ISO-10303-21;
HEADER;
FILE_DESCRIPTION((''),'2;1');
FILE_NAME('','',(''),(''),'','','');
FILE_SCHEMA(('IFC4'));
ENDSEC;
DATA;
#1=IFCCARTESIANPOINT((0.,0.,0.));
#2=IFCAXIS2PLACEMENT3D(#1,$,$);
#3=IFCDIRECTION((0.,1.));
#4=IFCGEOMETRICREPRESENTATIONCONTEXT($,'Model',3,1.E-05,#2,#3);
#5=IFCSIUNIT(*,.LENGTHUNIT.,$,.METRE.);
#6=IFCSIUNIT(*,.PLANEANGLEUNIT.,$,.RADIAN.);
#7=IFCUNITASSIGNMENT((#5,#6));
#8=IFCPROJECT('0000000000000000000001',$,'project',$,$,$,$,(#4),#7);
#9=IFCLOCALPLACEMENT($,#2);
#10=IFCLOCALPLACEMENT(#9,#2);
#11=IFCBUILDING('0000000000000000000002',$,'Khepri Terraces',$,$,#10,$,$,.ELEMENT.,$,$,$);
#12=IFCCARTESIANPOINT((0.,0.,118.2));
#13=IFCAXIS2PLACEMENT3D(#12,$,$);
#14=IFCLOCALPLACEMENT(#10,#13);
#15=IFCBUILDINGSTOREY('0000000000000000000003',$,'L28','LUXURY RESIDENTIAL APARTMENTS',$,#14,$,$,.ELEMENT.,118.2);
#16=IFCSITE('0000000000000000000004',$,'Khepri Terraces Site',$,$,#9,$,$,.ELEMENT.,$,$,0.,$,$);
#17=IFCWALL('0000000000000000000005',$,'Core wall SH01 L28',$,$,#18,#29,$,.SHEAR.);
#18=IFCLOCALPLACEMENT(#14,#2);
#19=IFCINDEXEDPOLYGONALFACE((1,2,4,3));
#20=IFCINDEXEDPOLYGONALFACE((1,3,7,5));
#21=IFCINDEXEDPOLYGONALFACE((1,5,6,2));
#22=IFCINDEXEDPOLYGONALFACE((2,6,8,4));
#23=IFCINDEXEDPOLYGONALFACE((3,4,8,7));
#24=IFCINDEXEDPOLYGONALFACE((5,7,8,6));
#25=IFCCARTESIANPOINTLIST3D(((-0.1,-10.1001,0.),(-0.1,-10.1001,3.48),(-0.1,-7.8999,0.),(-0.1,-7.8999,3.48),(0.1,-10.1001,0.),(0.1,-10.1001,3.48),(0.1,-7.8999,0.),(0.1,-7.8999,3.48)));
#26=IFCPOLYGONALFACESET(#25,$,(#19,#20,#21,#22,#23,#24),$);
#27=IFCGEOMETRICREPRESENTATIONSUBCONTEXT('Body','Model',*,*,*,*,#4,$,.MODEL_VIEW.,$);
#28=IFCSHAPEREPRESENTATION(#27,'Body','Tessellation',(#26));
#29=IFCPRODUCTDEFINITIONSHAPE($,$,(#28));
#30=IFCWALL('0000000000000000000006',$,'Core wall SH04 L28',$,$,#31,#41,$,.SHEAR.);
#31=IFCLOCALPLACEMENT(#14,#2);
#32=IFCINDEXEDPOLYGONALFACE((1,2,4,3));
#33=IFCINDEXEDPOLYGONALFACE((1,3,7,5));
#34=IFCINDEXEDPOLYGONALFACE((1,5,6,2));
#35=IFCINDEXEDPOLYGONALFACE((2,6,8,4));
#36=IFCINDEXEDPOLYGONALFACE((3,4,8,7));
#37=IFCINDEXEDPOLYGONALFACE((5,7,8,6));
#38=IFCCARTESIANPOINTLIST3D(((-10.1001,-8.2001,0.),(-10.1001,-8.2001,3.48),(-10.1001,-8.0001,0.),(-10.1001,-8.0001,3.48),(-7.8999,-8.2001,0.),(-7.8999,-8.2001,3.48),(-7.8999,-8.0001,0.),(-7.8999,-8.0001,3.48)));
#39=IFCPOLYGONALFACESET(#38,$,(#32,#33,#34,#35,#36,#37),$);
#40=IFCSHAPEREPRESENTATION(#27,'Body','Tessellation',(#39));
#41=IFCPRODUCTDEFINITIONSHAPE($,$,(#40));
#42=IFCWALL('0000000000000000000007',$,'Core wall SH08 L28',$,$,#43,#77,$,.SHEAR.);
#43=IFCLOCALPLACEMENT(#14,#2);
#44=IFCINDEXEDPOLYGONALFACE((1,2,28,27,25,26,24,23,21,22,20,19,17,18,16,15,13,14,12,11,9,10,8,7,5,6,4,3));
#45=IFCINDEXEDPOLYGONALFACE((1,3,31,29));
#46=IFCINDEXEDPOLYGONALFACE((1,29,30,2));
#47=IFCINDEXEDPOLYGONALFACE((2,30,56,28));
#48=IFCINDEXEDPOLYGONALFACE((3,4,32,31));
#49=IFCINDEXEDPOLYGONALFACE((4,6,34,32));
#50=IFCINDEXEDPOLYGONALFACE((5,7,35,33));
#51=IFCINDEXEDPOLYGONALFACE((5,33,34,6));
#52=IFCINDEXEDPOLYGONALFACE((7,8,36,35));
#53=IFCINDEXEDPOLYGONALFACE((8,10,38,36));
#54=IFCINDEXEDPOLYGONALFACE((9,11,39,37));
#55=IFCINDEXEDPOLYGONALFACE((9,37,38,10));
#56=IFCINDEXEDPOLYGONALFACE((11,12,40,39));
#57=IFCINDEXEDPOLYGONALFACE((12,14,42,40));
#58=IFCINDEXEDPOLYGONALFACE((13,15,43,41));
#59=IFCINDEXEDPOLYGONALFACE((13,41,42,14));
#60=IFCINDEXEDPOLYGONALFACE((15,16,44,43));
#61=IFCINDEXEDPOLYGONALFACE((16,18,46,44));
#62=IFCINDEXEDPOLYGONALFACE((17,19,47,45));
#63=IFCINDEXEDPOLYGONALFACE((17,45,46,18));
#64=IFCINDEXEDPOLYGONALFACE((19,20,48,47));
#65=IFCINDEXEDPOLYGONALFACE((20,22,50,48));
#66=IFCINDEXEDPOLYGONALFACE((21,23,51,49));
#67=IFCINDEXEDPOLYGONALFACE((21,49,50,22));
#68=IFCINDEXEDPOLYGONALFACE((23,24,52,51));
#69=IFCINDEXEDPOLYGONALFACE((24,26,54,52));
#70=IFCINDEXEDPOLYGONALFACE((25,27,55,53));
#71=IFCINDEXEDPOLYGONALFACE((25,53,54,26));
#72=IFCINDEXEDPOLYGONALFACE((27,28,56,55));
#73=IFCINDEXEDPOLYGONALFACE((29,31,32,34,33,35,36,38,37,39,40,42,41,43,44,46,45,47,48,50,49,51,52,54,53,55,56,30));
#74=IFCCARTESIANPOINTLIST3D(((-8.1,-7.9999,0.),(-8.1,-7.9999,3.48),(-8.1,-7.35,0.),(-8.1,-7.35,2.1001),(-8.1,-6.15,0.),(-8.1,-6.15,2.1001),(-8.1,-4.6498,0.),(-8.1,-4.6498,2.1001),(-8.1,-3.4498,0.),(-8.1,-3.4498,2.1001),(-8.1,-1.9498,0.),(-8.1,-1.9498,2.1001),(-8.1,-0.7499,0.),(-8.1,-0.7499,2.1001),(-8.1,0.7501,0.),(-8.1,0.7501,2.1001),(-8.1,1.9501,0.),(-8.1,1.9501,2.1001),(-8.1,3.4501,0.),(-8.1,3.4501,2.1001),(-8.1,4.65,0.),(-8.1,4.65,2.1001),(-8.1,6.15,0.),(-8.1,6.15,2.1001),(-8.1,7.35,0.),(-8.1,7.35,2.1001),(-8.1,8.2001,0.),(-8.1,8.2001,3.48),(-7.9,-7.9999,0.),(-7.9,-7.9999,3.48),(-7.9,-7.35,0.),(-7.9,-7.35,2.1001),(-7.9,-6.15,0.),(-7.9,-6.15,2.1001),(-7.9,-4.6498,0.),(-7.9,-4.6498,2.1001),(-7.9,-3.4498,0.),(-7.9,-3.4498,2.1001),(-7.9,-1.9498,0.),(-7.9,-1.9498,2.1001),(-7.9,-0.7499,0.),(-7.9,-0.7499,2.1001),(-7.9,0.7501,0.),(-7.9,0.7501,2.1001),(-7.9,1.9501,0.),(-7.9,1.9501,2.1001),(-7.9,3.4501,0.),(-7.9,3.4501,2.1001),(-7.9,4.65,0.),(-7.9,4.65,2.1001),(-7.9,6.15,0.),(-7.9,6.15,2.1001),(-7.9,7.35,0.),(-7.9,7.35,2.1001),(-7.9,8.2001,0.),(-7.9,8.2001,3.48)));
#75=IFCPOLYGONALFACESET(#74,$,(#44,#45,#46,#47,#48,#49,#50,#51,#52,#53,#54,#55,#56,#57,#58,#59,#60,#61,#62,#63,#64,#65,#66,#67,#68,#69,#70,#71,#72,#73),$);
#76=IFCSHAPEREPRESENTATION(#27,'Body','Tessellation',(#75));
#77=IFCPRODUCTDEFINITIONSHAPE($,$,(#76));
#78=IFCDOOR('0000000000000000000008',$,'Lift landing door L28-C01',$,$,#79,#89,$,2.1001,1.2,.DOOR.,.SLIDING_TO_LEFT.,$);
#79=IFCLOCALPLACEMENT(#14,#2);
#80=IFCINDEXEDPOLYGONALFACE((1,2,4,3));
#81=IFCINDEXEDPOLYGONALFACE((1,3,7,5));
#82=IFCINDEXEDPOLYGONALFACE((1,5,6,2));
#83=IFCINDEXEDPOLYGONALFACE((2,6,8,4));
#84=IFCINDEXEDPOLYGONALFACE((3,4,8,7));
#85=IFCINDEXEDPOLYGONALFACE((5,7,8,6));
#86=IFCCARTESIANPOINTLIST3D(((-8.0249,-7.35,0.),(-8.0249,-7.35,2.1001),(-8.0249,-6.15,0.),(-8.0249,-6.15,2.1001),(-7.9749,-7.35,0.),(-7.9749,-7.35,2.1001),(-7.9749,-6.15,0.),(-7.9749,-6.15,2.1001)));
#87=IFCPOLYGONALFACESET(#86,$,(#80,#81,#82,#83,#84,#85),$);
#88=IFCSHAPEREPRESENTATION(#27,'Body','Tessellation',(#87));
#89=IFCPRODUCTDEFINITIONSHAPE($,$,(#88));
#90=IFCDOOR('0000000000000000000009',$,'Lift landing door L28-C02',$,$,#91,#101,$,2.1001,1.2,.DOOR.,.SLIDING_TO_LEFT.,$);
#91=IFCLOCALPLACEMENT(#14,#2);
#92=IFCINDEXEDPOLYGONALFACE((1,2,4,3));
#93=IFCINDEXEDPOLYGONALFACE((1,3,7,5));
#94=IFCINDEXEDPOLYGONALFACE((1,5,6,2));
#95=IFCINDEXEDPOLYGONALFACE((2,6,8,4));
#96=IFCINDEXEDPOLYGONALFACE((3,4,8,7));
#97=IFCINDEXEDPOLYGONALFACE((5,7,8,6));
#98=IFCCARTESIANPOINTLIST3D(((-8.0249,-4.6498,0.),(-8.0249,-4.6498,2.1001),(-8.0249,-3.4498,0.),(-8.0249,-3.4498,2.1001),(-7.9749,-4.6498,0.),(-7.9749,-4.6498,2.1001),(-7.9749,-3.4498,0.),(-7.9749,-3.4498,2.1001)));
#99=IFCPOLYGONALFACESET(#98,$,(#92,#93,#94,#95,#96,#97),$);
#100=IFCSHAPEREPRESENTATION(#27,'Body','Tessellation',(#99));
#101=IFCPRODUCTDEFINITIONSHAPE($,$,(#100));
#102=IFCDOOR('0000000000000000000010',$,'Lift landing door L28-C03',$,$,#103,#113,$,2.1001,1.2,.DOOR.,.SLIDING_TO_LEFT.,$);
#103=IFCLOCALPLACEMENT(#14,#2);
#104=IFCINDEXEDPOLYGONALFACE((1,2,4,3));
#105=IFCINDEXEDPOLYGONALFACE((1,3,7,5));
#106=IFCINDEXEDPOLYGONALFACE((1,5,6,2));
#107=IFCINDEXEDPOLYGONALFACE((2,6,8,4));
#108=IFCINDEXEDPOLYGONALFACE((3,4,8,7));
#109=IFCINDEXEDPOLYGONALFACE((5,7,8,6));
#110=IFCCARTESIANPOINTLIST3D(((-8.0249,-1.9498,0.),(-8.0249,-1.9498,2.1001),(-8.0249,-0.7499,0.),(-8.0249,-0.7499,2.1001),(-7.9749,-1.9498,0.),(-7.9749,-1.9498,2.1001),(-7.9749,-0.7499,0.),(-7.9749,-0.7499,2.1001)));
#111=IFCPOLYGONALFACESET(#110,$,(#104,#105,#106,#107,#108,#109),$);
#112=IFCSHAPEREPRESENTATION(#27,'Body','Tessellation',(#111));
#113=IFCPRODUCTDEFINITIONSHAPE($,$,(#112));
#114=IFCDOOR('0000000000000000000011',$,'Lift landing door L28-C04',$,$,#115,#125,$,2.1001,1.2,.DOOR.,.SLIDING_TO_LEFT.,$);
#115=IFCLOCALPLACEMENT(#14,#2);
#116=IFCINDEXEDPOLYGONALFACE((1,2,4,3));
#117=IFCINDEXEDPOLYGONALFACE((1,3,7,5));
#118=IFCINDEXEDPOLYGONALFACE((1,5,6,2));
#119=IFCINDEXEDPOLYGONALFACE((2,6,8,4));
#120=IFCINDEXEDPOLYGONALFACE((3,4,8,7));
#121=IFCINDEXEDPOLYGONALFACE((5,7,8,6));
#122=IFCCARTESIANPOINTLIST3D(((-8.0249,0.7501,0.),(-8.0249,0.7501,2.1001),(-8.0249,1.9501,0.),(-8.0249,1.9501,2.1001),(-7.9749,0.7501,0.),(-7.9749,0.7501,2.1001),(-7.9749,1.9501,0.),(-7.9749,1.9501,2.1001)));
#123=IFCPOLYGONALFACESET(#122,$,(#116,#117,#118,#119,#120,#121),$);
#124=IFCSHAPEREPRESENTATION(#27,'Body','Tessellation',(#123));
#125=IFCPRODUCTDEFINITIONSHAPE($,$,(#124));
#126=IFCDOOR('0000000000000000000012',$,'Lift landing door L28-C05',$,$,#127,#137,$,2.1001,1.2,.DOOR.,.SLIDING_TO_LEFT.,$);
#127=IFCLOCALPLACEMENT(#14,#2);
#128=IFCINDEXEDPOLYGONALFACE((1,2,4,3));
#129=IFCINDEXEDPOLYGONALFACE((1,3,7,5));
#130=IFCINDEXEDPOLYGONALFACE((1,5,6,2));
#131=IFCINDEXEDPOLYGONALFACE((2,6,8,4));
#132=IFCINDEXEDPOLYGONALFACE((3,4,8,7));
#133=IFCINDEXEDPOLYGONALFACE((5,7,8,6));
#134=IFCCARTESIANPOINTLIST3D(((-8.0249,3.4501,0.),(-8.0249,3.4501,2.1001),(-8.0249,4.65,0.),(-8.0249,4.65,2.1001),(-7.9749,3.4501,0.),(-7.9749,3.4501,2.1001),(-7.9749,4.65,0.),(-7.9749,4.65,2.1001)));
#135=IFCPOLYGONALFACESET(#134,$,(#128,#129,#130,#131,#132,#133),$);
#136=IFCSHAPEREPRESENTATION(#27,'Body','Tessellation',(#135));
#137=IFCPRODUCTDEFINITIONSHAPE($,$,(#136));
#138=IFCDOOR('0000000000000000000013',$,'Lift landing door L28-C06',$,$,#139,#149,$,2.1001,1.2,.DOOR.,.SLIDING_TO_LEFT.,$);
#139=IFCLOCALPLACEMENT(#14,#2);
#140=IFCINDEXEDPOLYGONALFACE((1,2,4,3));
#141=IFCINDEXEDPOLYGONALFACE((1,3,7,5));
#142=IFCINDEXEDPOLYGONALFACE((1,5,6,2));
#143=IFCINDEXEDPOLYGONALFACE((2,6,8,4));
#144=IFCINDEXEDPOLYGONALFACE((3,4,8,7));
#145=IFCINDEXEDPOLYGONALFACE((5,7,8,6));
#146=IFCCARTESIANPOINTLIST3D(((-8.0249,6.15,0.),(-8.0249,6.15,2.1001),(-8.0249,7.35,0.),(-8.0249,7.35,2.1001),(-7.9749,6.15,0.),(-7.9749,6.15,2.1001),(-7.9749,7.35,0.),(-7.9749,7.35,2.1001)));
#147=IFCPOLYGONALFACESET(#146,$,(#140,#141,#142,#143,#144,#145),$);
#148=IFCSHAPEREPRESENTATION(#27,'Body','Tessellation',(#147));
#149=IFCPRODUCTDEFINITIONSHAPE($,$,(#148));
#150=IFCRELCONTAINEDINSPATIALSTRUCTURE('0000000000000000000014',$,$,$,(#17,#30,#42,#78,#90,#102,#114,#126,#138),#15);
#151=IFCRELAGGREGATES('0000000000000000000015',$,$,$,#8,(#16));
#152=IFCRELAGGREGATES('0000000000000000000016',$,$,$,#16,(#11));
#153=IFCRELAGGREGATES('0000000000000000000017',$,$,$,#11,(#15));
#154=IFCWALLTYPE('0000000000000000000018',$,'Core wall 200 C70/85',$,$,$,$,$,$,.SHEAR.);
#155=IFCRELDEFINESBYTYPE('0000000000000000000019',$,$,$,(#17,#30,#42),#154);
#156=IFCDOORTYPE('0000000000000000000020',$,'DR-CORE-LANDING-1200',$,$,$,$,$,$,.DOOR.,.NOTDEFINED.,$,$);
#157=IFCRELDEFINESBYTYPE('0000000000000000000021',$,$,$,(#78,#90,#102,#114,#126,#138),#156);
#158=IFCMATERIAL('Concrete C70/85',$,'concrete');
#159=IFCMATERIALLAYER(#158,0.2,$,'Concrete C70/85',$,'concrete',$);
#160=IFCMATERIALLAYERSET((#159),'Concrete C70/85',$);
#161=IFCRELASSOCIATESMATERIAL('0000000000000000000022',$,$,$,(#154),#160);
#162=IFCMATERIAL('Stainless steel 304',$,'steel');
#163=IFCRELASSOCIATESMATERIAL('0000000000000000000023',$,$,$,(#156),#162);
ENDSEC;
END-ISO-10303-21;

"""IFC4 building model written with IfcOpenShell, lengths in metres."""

from ifc_helpers import new_model, si_unit, direction, frame, frame_2d, origin, place, context, subcontext, project, spatial, rectangle, extrude, material, layer, layer_set, type_object, element, fill, save


model = new_model("IFC4")

# Units and contexts
model_context = context("Model", 3, precision=1e-05, world=origin(), true_north=direction((0.0, 1.0)))
body_context = subcontext(model_context, "Body", "Model", "MODEL_VIEW")
ifc_project = project(units=[si_unit("LENGTHUNIT", "METRE"), si_unit("PLANEANGLEUNIT", "RADIAN")], contexts=[model_context])

# Site, building, storey
site_placement = place(None, origin())
site = spatial("IfcSite", under=ifc_project, at=site_placement, Name="Khepri Terraces Site", CompositionType="ELEMENT", RefElevation=0.0)
building_placement = place(site_placement, origin())
building = spatial("IfcBuilding", under=site, at=building_placement, Name="Khepri Terraces", CompositionType="ELEMENT")
storey_placement = place(building_placement, frame((0.0, 0.0, 118.2)))
storey = spatial("IfcBuildingStorey", under=building, at=storey_placement, Name="L28", Description="LUXURY RESIDENTIAL APARTMENTS", CompositionType="ELEMENT", Elevation=118.2)

# Walls
ifc_material_1 = material(Name="Concrete C70/85", Category="concrete")
ifc_layer_1 = layer(ifc_material_1, 0.2, Name="Concrete C70/85", Category="concrete")
ifc_layer_set_1 = layer_set([ifc_layer_1], Name="Concrete C70/85")
wall_type_1 = type_object("IfcWallType", Name="Core wall 200 C70/85", PredefinedType="SHEAR", material=ifc_layer_set_1)
for number, where, z_axis, x_axis, name in (
    (1, (0.0, -10.1001, 0.0), (0.0, 0.0, 1.0), (0.0, 1.0, 0.0), "Core wall SH01 L28"),
    (2, (-10.1001, -8.1001, 0.0), (0.0, 0.0, 1.0), (1.0, 0.0, 0.0), "Core wall SH04 L28"),
):
    element("IfcWall", number, at=place(storey_placement, frame(where, z_axis=z_axis, x_axis=x_axis)), inside=storey, type_object=wall_type_1, Name=name, PredefinedType="SHEAR", context=body_context, shape_type="SweptSolid", body=[
        extrude(rectangle(XDim=2.2002, YDim=0.2, at=frame_2d((1.1001, 0.0))), origin(), (0.0, 0.0, 1.0), 3.48),
    ])

# Wall, openings, doors
wall_1_placement = place(storey_placement, frame((-8.0, -8.0, 0.0), z_axis=(0.0, 0.0, 1.0), x_axis=(0.0, 1.0, 0.0)))
wall_1 = element("IfcWall", 3, at=wall_1_placement, inside=storey, type_object=wall_type_1, Name="Core wall SH08 L28", PredefinedType="SHEAR", context=body_context, shape_type="SweptSolid", body=[
    extrude(rectangle(XDim=16.2, YDim=0.2, at=frame_2d((8.1001, 0.0))), origin(), (0.0, 0.0, 1.0), 3.48),
])
opening_1_placement = place(wall_1_placement, frame((0.6499, 0.0, 0.0)))
opening_1 = element("IfcOpeningElement", 4, at=opening_1_placement, cuts=wall_1, PredefinedType="OPENING", context=body_context, shape_type="SweptSolid", body=[
    extrude(rectangle(XDim=1.2, YDim=2.1001, at=frame_2d((0.6001, 1.05))), frame((0.0, 0.1099, 0.0), z_axis=(0.0, -1.0, 0.0), x_axis=(1.0, 0.0, 0.0)), (0.0, 0.0, 1.0), 0.22),
])
opening_2_placement = place(wall_1_placement, frame((3.3501, 0.0, 0.0)))
opening_2 = element("IfcOpeningElement", 5, at=opening_2_placement, cuts=wall_1, PredefinedType="OPENING", context=body_context, shape_type="SweptSolid", body=[
    extrude(rectangle(XDim=1.2, YDim=2.1001, at=frame_2d((0.6001, 1.05))), frame((0.0, 0.1099, 0.0), z_axis=(0.0, -1.0, 0.0), x_axis=(1.0, 0.0, 0.0)), (0.0, 0.0, 1.0), 0.22),
])
opening_3_placement = place(wall_1_placement, frame((6.05, 0.0, 0.0)))
opening_3 = element("IfcOpeningElement", 6, at=opening_3_placement, cuts=wall_1, PredefinedType="OPENING", context=body_context, shape_type="SweptSolid", body=[
    extrude(rectangle(XDim=1.2, YDim=2.1001, at=frame_2d((0.6001, 1.05))), frame((0.0, 0.1099, 0.0), z_axis=(0.0, -1.0, 0.0), x_axis=(1.0, 0.0, 0.0)), (0.0, 0.0, 1.0), 0.22),
])
opening_4_placement = place(wall_1_placement, frame((8.75, 0.0, 0.0)))
opening_4 = element("IfcOpeningElement", 7, at=opening_4_placement, cuts=wall_1, PredefinedType="OPENING", context=body_context, shape_type="SweptSolid", body=[
    extrude(rectangle(XDim=1.2, YDim=2.1001, at=frame_2d((0.6001, 1.05))), frame((0.0, 0.1099, 0.0), z_axis=(0.0, -1.0, 0.0), x_axis=(1.0, 0.0, 0.0)), (0.0, 0.0, 1.0), 0.22),
])
opening_5_placement = place(wall_1_placement, frame((11.45, 0.0, 0.0)))
opening_5 = element("IfcOpeningElement", 8, at=opening_5_placement, cuts=wall_1, PredefinedType="OPENING", context=body_context, shape_type="SweptSolid", body=[
    extrude(rectangle(XDim=1.2, YDim=2.1001, at=frame_2d((0.6001, 1.05))), frame((0.0, 0.1099, 0.0), z_axis=(0.0, -1.0, 0.0), x_axis=(1.0, 0.0, 0.0)), (0.0, 0.0, 1.0), 0.22),
])
opening_6_placement = place(wall_1_placement, frame((14.1499, 0.0, 0.0)))
opening_6 = element("IfcOpeningElement", 9, at=opening_6_placement, cuts=wall_1, PredefinedType="OPENING", context=body_context, shape_type="SweptSolid", body=[
    extrude(rectangle(XDim=1.2, YDim=2.1001, at=frame_2d((0.6001, 1.05))), frame((0.0, 0.1099, 0.0), z_axis=(0.0, -1.0, 0.0), x_axis=(1.0, 0.0, 0.0)), (0.0, 0.0, 1.0), 0.22),
])
ifc_material_2 = material(Name="Stainless steel 304", Category="steel")
door_type_1 = type_object("IfcDoorType", Name="DR-CORE-LANDING-1200", OperationType="NOTDEFINED", PredefinedType="DOOR", material=ifc_material_2)
door_1_placement = place(opening_1_placement, origin())
door_1 = element("IfcDoor", 10, at=door_1_placement, inside=storey, type_object=door_type_1, Name="Lift landing door L28-C01", OperationType="SLIDING_TO_LEFT", OverallHeight=2.1001, OverallWidth=1.2, PredefinedType="DOOR", context=body_context, shape_type="SweptSolid", body=[
    extrude(rectangle(XDim=1.2, YDim=2.1001, at=frame_2d((0.6001, 1.05))), frame((0.0, 0.0249, 0.0), z_axis=(0.0, -1.0, 0.0), x_axis=(1.0, 0.0, 0.0)), (0.0, 0.0, 1.0), 0.05),
])
fill(opening_1, door_1)
door_2_placement = place(opening_2_placement, origin())
door_2 = element("IfcDoor", 11, at=door_2_placement, inside=storey, type_object=door_type_1, Name="Lift landing door L28-C02", OperationType="SLIDING_TO_LEFT", OverallHeight=2.1001, OverallWidth=1.2, PredefinedType="DOOR", context=body_context, shape_type="SweptSolid", body=[
    extrude(rectangle(XDim=1.2, YDim=2.1001, at=frame_2d((0.6001, 1.05))), frame((0.0, 0.0249, 0.0), z_axis=(0.0, -1.0, 0.0), x_axis=(1.0, 0.0, 0.0)), (0.0, 0.0, 1.0), 0.05),
])
fill(opening_2, door_2)
door_3_placement = place(opening_3_placement, origin())
door_3 = element("IfcDoor", 12, at=door_3_placement, inside=storey, type_object=door_type_1, Name="Lift landing door L28-C03", OperationType="SLIDING_TO_LEFT", OverallHeight=2.1001, OverallWidth=1.2, PredefinedType="DOOR", context=body_context, shape_type="SweptSolid", body=[
    extrude(rectangle(XDim=1.2, YDim=2.1001, at=frame_2d((0.6001, 1.05))), frame((0.0, 0.0249, 0.0), z_axis=(0.0, -1.0, 0.0), x_axis=(1.0, 0.0, 0.0)), (0.0, 0.0, 1.0), 0.05),
])
fill(opening_3, door_3)
door_4_placement = place(opening_4_placement, origin())
door_4 = element("IfcDoor", 13, at=door_4_placement, inside=storey, type_object=door_type_1, Name="Lift landing door L28-C04", OperationType="SLIDING_TO_LEFT", OverallHeight=2.1001, OverallWidth=1.2, PredefinedType="DOOR", context=body_context, shape_type="SweptSolid", body=[
    extrude(rectangle(XDim=1.2, YDim=2.1001, at=frame_2d((0.6001, 1.05))), frame((0.0, 0.0249, 0.0), z_axis=(0.0, -1.0, 0.0), x_axis=(1.0, 0.0, 0.0)), (0.0, 0.0, 1.0), 0.05),
])
fill(opening_4, door_4)
door_5_placement = place(opening_5_placement, origin())
door_5 = element("IfcDoor", 14, at=door_5_placement, inside=storey, type_object=door_type_1, Name="Lift landing door L28-C05", OperationType="SLIDING_TO_LEFT", OverallHeight=2.1001, OverallWidth=1.2, PredefinedType="DOOR", context=body_context, shape_type="SweptSolid", body=[
    extrude(rectangle(XDim=1.2, YDim=2.1001, at=frame_2d((0.6001, 1.05))), frame((0.0, 0.0249, 0.0), z_axis=(0.0, -1.0, 0.0), x_axis=(1.0, 0.0, 0.0)), (0.0, 0.0, 1.0), 0.05),
])
fill(opening_5, door_5)
door_6_placement = place(opening_6_placement, origin())
door_6 = element("IfcDoor", 15, at=door_6_placement, inside=storey, type_object=door_type_1, Name="Lift landing door L28-C06", OperationType="SLIDING_TO_LEFT", OverallHeight=2.1001, OverallWidth=1.2, PredefinedType="DOOR", context=body_context, shape_type="SweptSolid", body=[
    extrude(rectangle(XDim=1.2, YDim=2.1001, at=frame_2d((0.6001, 1.05))), frame((0.0, 0.0249, 0.0), z_axis=(0.0, -1.0, 0.0), x_axis=(1.0, 0.0, 0.0)), (0.0, 0.0, 1.0), 0.05),
])
fill(opening_6, door_6)

save(model, "model.ifc")
